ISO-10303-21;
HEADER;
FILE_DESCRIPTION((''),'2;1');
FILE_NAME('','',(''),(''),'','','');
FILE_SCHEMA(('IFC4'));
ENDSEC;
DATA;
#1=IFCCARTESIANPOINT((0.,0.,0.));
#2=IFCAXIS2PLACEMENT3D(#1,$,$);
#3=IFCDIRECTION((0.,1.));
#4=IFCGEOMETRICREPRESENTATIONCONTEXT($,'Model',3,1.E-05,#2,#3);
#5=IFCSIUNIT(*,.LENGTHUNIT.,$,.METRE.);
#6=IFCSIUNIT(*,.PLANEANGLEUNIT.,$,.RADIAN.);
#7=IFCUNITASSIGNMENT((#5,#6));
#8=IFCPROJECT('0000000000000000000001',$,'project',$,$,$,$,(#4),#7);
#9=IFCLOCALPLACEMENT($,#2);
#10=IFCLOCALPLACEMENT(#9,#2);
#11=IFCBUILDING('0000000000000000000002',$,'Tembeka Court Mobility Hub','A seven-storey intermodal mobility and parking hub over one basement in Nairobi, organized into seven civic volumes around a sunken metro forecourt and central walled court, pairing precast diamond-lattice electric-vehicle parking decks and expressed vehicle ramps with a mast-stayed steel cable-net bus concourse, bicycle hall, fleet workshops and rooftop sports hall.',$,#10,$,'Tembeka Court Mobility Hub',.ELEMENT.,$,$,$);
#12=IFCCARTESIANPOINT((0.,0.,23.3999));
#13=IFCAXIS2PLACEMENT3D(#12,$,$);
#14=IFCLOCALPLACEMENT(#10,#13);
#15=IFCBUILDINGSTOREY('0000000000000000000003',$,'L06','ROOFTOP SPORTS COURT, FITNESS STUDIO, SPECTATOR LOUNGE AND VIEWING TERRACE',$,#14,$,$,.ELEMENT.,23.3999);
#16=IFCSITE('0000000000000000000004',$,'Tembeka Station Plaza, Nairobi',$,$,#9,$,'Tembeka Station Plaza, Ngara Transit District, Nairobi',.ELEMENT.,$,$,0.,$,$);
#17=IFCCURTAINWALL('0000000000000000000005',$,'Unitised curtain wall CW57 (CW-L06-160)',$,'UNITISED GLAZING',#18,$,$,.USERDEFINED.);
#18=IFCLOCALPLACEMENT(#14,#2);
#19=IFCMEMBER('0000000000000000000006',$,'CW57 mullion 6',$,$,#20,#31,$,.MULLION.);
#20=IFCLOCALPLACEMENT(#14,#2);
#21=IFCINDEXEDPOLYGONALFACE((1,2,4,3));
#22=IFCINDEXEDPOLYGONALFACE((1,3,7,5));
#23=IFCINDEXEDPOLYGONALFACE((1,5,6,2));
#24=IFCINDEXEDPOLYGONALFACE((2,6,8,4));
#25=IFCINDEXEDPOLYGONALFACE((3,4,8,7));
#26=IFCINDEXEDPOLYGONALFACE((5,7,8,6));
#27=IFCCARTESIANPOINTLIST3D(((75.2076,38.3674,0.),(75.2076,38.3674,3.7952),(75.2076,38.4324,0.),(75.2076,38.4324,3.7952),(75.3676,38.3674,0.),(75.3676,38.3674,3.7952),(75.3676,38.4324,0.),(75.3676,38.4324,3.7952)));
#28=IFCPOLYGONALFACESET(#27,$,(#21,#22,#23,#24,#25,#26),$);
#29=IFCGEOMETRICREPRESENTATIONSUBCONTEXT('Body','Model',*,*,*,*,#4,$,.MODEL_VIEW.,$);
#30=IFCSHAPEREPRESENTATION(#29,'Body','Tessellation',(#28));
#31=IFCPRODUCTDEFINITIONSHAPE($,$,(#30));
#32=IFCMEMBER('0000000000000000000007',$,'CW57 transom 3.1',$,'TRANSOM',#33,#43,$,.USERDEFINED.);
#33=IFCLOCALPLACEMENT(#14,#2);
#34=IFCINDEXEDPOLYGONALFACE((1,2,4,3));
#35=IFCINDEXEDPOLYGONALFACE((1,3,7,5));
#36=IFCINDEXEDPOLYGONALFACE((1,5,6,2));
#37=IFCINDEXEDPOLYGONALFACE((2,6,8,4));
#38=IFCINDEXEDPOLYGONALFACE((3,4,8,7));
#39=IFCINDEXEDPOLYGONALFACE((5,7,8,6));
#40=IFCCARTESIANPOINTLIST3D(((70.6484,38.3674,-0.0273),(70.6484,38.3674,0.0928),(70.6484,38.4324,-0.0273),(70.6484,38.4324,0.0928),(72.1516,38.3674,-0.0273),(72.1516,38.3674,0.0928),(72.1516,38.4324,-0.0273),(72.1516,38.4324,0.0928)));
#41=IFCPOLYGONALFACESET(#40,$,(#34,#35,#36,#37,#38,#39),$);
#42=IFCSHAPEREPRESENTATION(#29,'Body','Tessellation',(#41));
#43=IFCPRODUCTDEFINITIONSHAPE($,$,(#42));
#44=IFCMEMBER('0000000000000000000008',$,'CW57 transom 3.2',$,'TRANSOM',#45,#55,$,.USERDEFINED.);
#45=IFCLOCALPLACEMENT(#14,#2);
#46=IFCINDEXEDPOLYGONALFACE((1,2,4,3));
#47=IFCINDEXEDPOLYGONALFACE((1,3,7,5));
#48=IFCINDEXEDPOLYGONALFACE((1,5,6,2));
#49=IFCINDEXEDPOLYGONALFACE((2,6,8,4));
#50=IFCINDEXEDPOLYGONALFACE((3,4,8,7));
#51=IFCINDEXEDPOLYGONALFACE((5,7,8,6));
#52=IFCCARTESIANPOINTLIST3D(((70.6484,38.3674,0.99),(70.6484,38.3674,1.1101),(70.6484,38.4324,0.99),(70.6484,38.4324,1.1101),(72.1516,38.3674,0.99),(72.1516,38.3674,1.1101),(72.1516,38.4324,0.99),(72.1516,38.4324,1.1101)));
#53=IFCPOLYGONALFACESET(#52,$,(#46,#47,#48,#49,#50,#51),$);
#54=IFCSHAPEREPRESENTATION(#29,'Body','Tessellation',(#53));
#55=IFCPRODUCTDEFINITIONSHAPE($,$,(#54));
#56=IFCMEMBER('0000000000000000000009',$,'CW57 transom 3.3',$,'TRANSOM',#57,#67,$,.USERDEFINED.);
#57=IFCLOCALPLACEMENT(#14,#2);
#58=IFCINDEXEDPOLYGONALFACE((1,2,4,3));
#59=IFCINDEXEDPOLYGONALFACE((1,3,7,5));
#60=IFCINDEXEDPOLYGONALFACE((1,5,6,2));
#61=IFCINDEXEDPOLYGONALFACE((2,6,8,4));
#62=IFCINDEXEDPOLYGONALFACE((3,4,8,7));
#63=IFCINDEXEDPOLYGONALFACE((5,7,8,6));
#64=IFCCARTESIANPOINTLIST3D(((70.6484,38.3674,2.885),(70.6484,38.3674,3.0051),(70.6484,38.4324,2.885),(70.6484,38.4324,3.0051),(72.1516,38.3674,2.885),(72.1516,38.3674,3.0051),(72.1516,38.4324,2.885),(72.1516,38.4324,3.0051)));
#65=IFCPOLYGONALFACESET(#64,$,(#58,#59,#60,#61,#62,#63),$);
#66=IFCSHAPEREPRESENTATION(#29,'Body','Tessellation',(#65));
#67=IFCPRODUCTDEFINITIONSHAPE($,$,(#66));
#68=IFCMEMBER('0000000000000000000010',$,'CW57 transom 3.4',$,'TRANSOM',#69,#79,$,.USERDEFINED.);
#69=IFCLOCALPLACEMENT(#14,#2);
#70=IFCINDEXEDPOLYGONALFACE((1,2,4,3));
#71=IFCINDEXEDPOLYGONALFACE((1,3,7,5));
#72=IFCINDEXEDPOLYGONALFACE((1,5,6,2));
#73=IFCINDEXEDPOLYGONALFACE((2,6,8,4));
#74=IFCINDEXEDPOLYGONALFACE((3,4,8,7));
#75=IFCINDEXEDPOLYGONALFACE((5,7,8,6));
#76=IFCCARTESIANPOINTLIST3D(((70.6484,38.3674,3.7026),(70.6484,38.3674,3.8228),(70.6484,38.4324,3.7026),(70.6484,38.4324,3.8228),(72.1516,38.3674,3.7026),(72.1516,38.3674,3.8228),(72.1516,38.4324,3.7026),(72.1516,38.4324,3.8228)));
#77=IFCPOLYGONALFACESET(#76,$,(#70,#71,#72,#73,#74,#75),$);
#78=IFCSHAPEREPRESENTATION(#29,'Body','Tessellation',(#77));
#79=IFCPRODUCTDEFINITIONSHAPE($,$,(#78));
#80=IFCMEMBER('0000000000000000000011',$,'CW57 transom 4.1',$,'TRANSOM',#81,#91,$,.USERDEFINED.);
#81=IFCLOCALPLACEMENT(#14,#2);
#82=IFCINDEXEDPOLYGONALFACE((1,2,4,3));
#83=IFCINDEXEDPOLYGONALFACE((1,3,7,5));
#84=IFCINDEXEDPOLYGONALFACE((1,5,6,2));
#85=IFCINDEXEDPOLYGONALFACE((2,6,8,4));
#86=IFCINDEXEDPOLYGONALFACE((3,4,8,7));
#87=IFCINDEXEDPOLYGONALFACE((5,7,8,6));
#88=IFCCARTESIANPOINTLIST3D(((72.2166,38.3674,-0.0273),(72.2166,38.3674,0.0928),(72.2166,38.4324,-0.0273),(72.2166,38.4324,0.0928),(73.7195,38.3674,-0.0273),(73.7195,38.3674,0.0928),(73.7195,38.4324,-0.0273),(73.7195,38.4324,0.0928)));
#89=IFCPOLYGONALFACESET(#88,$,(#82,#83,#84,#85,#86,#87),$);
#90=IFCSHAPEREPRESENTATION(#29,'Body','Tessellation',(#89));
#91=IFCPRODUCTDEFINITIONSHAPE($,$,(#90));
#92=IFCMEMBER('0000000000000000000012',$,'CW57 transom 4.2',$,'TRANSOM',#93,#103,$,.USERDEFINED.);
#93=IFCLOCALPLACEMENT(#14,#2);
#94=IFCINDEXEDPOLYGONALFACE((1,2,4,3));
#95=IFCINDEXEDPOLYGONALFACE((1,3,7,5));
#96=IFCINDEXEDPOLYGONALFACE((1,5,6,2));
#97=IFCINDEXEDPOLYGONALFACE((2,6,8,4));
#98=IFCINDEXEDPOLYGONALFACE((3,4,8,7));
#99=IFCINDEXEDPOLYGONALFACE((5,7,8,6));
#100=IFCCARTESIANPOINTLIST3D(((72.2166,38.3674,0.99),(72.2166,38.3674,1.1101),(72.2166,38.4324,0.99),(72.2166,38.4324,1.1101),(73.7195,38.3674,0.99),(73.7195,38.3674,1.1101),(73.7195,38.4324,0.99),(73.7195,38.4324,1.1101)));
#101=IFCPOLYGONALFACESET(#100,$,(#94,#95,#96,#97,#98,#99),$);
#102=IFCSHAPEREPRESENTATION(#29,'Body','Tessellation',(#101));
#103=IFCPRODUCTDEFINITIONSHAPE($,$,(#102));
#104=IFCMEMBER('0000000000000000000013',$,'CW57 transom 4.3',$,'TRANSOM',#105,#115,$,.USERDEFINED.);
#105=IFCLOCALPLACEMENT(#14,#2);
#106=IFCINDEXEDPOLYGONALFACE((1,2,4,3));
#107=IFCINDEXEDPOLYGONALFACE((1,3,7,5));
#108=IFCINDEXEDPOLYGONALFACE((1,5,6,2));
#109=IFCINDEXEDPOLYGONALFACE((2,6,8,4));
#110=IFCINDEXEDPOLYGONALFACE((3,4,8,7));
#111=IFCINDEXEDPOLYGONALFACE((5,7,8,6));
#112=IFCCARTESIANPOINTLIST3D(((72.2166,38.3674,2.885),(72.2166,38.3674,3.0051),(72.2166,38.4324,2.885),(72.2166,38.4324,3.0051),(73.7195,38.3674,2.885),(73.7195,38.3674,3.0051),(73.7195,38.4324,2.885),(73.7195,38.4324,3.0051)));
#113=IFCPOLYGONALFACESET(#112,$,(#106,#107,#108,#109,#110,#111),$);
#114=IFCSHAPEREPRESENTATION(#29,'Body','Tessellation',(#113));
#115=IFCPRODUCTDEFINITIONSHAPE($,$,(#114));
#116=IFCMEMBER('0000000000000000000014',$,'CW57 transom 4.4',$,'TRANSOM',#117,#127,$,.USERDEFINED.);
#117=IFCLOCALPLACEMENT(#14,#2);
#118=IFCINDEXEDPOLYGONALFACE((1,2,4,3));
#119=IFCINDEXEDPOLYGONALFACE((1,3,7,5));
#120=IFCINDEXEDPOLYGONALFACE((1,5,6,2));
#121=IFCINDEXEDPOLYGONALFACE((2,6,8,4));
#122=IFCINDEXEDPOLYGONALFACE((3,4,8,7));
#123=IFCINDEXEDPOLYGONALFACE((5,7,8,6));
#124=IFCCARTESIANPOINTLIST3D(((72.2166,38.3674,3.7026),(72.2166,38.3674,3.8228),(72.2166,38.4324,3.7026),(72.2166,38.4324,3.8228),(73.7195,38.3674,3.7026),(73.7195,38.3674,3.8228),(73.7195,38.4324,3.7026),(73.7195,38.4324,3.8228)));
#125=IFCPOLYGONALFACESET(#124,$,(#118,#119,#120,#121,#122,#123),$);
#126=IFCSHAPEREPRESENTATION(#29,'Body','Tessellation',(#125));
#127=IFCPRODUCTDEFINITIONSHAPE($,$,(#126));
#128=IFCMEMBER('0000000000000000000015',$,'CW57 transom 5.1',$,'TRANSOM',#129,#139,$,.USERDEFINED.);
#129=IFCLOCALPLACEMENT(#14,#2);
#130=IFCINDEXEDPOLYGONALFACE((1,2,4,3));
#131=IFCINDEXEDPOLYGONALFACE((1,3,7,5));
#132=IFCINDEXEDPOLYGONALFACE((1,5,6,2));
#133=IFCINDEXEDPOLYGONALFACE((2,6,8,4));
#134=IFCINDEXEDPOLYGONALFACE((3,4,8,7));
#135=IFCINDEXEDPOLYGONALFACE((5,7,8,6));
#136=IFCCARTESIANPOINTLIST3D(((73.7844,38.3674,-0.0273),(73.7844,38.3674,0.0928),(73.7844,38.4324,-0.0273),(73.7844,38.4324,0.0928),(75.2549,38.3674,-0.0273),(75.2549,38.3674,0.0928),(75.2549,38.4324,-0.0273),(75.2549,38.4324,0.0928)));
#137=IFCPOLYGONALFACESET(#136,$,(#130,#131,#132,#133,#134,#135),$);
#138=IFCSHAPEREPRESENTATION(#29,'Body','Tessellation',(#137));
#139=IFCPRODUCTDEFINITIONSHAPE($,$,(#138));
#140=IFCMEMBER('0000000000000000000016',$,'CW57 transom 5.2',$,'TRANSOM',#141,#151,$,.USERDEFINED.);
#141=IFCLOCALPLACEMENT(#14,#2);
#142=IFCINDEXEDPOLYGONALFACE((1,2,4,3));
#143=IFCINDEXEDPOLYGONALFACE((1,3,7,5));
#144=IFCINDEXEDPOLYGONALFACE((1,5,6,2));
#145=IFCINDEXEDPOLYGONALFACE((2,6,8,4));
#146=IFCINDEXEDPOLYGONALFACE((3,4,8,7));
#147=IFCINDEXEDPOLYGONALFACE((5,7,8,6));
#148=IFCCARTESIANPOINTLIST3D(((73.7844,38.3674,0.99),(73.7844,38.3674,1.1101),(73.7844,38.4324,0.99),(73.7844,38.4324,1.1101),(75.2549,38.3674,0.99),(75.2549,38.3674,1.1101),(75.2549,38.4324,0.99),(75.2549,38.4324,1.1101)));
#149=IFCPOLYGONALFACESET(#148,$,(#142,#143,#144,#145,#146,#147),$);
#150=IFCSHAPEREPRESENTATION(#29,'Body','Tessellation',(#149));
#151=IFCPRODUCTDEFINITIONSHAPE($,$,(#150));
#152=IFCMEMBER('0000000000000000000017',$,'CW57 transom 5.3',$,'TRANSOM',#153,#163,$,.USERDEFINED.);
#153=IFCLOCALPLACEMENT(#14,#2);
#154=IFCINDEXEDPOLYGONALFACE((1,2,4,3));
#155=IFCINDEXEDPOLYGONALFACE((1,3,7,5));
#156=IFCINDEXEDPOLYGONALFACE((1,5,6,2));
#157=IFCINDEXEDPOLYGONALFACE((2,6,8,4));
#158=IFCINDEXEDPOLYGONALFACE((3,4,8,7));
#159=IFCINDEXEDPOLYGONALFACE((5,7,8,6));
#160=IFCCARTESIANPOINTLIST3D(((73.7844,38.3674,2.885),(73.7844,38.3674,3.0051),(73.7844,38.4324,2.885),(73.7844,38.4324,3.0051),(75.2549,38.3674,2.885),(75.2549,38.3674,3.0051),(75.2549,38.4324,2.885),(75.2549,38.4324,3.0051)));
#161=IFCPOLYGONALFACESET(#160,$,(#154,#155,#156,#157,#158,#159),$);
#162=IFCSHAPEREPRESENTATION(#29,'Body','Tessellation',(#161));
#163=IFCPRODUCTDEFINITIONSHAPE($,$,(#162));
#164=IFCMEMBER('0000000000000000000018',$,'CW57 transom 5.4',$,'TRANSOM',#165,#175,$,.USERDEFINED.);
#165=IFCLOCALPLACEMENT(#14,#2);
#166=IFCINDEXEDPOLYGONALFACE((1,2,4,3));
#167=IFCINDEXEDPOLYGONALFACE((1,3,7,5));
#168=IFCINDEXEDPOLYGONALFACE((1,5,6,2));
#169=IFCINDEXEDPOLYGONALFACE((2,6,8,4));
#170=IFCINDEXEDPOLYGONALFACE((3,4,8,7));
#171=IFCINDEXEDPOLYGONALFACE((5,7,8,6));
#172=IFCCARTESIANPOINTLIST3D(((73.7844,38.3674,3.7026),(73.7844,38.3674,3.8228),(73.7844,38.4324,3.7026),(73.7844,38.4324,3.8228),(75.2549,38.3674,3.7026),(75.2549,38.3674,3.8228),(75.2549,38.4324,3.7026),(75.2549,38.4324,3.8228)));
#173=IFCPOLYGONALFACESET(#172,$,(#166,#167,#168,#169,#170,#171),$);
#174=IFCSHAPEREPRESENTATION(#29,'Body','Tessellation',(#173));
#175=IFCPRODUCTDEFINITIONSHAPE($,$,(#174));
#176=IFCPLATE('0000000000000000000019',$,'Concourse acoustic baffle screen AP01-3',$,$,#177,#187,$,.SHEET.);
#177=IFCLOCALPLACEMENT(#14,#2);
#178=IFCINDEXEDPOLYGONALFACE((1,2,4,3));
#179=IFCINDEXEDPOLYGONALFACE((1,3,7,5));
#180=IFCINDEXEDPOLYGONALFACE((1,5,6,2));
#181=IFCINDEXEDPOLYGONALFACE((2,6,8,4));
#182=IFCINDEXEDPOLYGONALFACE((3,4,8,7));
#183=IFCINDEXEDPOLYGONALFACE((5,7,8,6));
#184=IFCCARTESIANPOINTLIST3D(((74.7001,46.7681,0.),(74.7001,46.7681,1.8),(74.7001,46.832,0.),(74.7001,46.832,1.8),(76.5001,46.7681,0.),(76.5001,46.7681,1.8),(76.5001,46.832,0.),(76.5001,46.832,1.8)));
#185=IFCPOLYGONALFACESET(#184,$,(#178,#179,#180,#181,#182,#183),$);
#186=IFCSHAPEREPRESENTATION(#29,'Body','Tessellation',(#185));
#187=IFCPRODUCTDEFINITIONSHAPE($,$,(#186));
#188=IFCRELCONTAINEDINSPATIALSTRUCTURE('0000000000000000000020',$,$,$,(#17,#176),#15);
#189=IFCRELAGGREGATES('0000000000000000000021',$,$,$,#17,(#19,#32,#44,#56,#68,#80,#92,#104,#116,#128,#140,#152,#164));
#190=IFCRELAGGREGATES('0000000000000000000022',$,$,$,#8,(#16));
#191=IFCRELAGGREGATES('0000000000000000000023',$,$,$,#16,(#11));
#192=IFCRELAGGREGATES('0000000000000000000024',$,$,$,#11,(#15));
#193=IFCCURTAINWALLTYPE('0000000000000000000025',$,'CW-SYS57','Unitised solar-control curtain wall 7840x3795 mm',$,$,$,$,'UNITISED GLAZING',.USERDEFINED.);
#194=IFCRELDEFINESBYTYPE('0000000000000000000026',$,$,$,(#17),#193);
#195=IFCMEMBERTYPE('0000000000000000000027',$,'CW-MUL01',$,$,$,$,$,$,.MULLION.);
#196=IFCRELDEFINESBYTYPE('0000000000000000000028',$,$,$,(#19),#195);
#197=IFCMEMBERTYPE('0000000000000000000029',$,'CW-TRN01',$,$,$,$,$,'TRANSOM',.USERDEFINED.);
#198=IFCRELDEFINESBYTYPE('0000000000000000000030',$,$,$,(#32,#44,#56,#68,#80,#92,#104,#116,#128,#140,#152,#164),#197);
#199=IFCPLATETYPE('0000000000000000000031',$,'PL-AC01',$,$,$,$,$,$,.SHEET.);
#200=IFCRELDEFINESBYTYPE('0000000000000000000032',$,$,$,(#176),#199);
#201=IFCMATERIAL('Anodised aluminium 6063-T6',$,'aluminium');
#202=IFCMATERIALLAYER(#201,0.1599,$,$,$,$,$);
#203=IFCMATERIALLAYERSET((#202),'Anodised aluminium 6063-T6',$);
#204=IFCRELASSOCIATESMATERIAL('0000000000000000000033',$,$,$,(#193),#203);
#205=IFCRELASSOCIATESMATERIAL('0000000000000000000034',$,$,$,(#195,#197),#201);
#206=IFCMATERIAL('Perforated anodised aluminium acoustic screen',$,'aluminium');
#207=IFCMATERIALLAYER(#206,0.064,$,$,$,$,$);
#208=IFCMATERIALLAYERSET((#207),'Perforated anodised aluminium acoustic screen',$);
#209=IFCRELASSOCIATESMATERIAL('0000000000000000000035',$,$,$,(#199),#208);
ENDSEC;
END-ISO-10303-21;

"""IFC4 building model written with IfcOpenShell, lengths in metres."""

from ifc_helpers import new_model, si_unit, direction, frame, origin, origin_2d, place, context, subcontext, project, spatial, rectangle, extrude, material, layer, layer_set, material_profile, profile_set, type_object, element, aggregate, save


model = new_model("IFC4")

# Units and contexts
model_context = context("Model", 3, precision=1e-05, world=origin(), true_north=direction((0.0, 1.0)))
body_context = subcontext(model_context, "Body", "Model", "MODEL_VIEW")
ifc_project = project(units=[si_unit("LENGTHUNIT", "METRE"), si_unit("PLANEANGLEUNIT", "RADIAN")], contexts=[model_context])

# Site, building, storey
site_placement = place(None, origin())
site = spatial("IfcSite", under=ifc_project, at=site_placement, Name="Tembeka Station Plaza, Nairobi", LongName="Tembeka Station Plaza, Ngara Transit District, Nairobi", CompositionType="ELEMENT", RefElevation=0.0)
building_placement = place(site_placement, origin())
building = spatial("IfcBuilding", under=site, at=building_placement, Name="Tembeka Court Mobility Hub", Description="A seven-storey intermodal mobility and parking hub over one basement in Nairobi, organized into seven civic volumes around a sunken metro forecourt and central walled court, pairing precast diamond-lattice electric-vehicle parking decks and expressed vehicle ramps with a mast-stayed steel cable-net bus concourse, bicycle hall, fleet workshops and rooftop sports hall.", LongName="Tembeka Court Mobility Hub", CompositionType="ELEMENT")
storey_placement = place(building_placement, frame((0.0, 0.0, 23.3999)))
storey = spatial("IfcBuildingStorey", under=building, at=storey_placement, Name="L06", Description="ROOFTOP SPORTS COURT, FITNESS STUDIO, SPECTATOR LOUNGE AND VIEWING TERRACE", CompositionType="ELEMENT", Elevation=23.3999)

# Curtain wall, members
ifc_material_1 = material(Name="Anodised aluminium 6063-T6", Category="aluminium")
ifc_layer_1 = layer(ifc_material_1, 0.1599)
ifc_layer_set_1 = layer_set([ifc_layer_1], Name="Anodised aluminium 6063-T6")
curtain_wall_type = type_object("IfcCurtainWallType", Name="CW-SYS57", Description="Unitised solar-control curtain wall 7840x3795 mm", ElementType="UNITISED GLAZING", PredefinedType="USERDEFINED", material=ifc_layer_set_1)
curtain_wall_placement = place(storey_placement, origin())
curtain_wall = element("IfcCurtainWall", 1, at=curtain_wall_placement, inside=storey, type_object=curtain_wall_type, Name="Unitised curtain wall CW57 (CW-L06-160)", ObjectType="UNITISED GLAZING", PredefinedType="USERDEFINED")
ifc_material_profile_1 = material_profile(ifc_material_1, rectangle(XDim=0.0649, YDim=0.1599, at=origin_2d()), Name="ALU-MUL 65x160")
ifc_profile_set_1 = profile_set([ifc_material_profile_1], Name="Anodised aluminium 6063-T6")
member_type_1 = type_object("IfcMemberType", Name="CW-MUL01", PredefinedType="MULLION", material=ifc_profile_set_1)
member_1_placement = place(storey_placement, frame((75.2876, 38.3999, 0.0), z_axis=(0.0, 0.0, 1.0), x_axis=(0.0, 1.0, 0.0)))
member_1 = element("IfcMember", 2, at=member_1_placement, type_object=member_type_1, Name="CW57 mullion 6", PredefinedType="MULLION", context=body_context, shape_type="SweptSolid", body=[
    extrude(rectangle(XDim=0.0649, YDim=0.1599, at=origin_2d()), origin(), (0.0, 0.0, 1.0), 3.7952),
])
ifc_material_profile_2 = material_profile(ifc_material_1, rectangle(XDim=0.0649, YDim=0.1201, at=origin_2d()), Name="ALU-TRN 65x120")
ifc_profile_set_2 = profile_set([ifc_material_profile_2], Name="Anodised aluminium 6063-T6")
member_type_2 = type_object("IfcMemberType", Name="CW-TRN01", ElementType="TRANSOM", PredefinedType="USERDEFINED", material=ifc_profile_set_2)
member_2_placement = place(storey_placement, frame((70.6484, 38.3999, 0.0327), z_axis=(1.0, 0.0, 0.0), x_axis=(0.0, 1.0, 0.0)))
member_2 = element("IfcMember", 3, at=member_2_placement, type_object=member_type_2, Name="CW57 transom 3.1", ObjectType="TRANSOM", PredefinedType="USERDEFINED", context=body_context, shape_type="SweptSolid", body=[
    extrude(rectangle(XDim=0.0649, YDim=0.1201, at=origin_2d()), origin(), (0.0, 0.0, 1.0), 1.5032),
])
member_3_placement = place(storey_placement, frame((70.6484, 38.3999, 1.05), z_axis=(1.0, 0.0, 0.0), x_axis=(0.0, 1.0, 0.0)))
member_3 = element("IfcMember", 4, at=member_3_placement, type_object=member_type_2, Name="CW57 transom 3.2", ObjectType="TRANSOM", PredefinedType="USERDEFINED", context=body_context, shape_type="SweptSolid", body=[
    extrude(rectangle(XDim=0.0649, YDim=0.1201, at=origin_2d()), origin(), (0.0, 0.0, 1.0), 1.5032),
])
member_4_placement = place(storey_placement, frame((70.6484, 38.3999, 2.9451), z_axis=(1.0, 0.0, 0.0), x_axis=(0.0, 1.0, 0.0)))
member_4 = element("IfcMember", 5, at=member_4_placement, type_object=member_type_2, Name="CW57 transom 3.3", ObjectType="TRANSOM", PredefinedType="USERDEFINED", context=body_context, shape_type="SweptSolid", body=[
    extrude(rectangle(XDim=0.0649, YDim=0.1201, at=origin_2d()), origin(), (0.0, 0.0, 1.0), 1.5032),
])
member_5_placement = place(storey_placement, frame((70.6484, 38.3999, 3.7627), z_axis=(1.0, 0.0, 0.0), x_axis=(0.0, 1.0, 0.0)))
member_5 = element("IfcMember", 6, at=member_5_placement, type_object=member_type_2, Name="CW57 transom 3.4", ObjectType="TRANSOM", PredefinedType="USERDEFINED", context=body_context, shape_type="SweptSolid", body=[
    extrude(rectangle(XDim=0.0649, YDim=0.1201, at=origin_2d()), origin(), (0.0, 0.0, 1.0), 1.5032),
])
member_6_placement = place(storey_placement, frame((72.2166, 38.3999, 0.0327), z_axis=(1.0, 0.0, 0.0), x_axis=(0.0, 1.0, 0.0)))
member_6 = element("IfcMember", 7, at=member_6_placement, type_object=member_type_2, Name="CW57 transom 4.1", ObjectType="TRANSOM", PredefinedType="USERDEFINED", context=body_context, shape_type="SweptSolid", body=[
    extrude(rectangle(XDim=0.0649, YDim=0.1201, at=origin_2d()), origin(), (0.0, 0.0, 1.0), 1.5029),
])
member_7_placement = place(storey_placement, frame((72.2166, 38.3999, 1.05), z_axis=(1.0, 0.0, 0.0), x_axis=(0.0, 1.0, 0.0)))
member_7 = element("IfcMember", 8, at=member_7_placement, type_object=member_type_2, Name="CW57 transom 4.2", ObjectType="TRANSOM", PredefinedType="USERDEFINED", context=body_context, shape_type="SweptSolid", body=[
    extrude(rectangle(XDim=0.0649, YDim=0.1201, at=origin_2d()), origin(), (0.0, 0.0, 1.0), 1.5029),
])
member_8_placement = place(storey_placement, frame((72.2166, 38.3999, 2.9451), z_axis=(1.0, 0.0, 0.0), x_axis=(0.0, 1.0, 0.0)))
member_8 = element("IfcMember", 9, at=member_8_placement, type_object=member_type_2, Name="CW57 transom 4.3", ObjectType="TRANSOM", PredefinedType="USERDEFINED", context=body_context, shape_type="SweptSolid", body=[
    extrude(rectangle(XDim=0.0649, YDim=0.1201, at=origin_2d()), origin(), (0.0, 0.0, 1.0), 1.5029),
])
member_9_placement = place(storey_placement, frame((72.2166, 38.3999, 3.7627), z_axis=(1.0, 0.0, 0.0), x_axis=(0.0, 1.0, 0.0)))
member_9 = element("IfcMember", 10, at=member_9_placement, type_object=member_type_2, Name="CW57 transom 4.4", ObjectType="TRANSOM", PredefinedType="USERDEFINED", context=body_context, shape_type="SweptSolid", body=[
    extrude(rectangle(XDim=0.0649, YDim=0.1201, at=origin_2d()), origin(), (0.0, 0.0, 1.0), 1.5029),
])
member_10_placement = place(storey_placement, frame((73.7844, 38.3999, 0.0327), z_axis=(1.0, 0.0, 0.0), x_axis=(0.0, 1.0, 0.0)))
member_10 = element("IfcMember", 11, at=member_10_placement, type_object=member_type_2, Name="CW57 transom 5.1", ObjectType="TRANSOM", PredefinedType="USERDEFINED", context=body_context, shape_type="SweptSolid", body=[
    extrude(rectangle(XDim=0.0649, YDim=0.1201, at=origin_2d()), origin(), (0.0, 0.0, 1.0), 1.4705),
])
member_11_placement = place(storey_placement, frame((73.7844, 38.3999, 1.05), z_axis=(1.0, 0.0, 0.0), x_axis=(0.0, 1.0, 0.0)))
member_11 = element("IfcMember", 12, at=member_11_placement, type_object=member_type_2, Name="CW57 transom 5.2", ObjectType="TRANSOM", PredefinedType="USERDEFINED", context=body_context, shape_type="SweptSolid", body=[
    extrude(rectangle(XDim=0.0649, YDim=0.1201, at=origin_2d()), origin(), (0.0, 0.0, 1.0), 1.4705),
])
member_12_placement = place(storey_placement, frame((73.7844, 38.3999, 2.9451), z_axis=(1.0, 0.0, 0.0), x_axis=(0.0, 1.0, 0.0)))
member_12 = element("IfcMember", 13, at=member_12_placement, type_object=member_type_2, Name="CW57 transom 5.3", ObjectType="TRANSOM", PredefinedType="USERDEFINED", context=body_context, shape_type="SweptSolid", body=[
    extrude(rectangle(XDim=0.0649, YDim=0.1201, at=origin_2d()), origin(), (0.0, 0.0, 1.0), 1.4705),
])
member_13_placement = place(storey_placement, frame((73.7844, 38.3999, 3.7627), z_axis=(1.0, 0.0, 0.0), x_axis=(0.0, 1.0, 0.0)))
member_13 = element("IfcMember", 14, at=member_13_placement, type_object=member_type_2, Name="CW57 transom 5.4", ObjectType="TRANSOM", PredefinedType="USERDEFINED", context=body_context, shape_type="SweptSolid", body=[
    extrude(rectangle(XDim=0.0649, YDim=0.1201, at=origin_2d()), origin(), (0.0, 0.0, 1.0), 1.4705),
])

# Plate
ifc_material_2 = material(Name="Perforated anodised aluminium acoustic screen", Category="aluminium")
ifc_layer_2 = layer(ifc_material_2, 0.064)
ifc_layer_set_2 = layer_set([ifc_layer_2], Name="Perforated anodised aluminium acoustic screen")
plate_type_1 = type_object("IfcPlateType", Name="PL-AC01", PredefinedType="SHEET", material=ifc_layer_set_2)
plate_1_placement = place(storey_placement, frame((75.6001, 46.8, 0.0), z_axis=(0.0, 0.0, 1.0), x_axis=(1.0, 0.0, 0.0)))
element("IfcPlate", 15, at=plate_1_placement, inside=storey, type_object=plate_type_1, Name="Concourse acoustic baffle screen AP01-3", PredefinedType="SHEET", context=body_context, shape_type="SweptSolid", body=[
    extrude(rectangle(XDim=1.8, YDim=0.064, at=origin_2d()), origin(), (0.0, 0.0, 1.0), 1.8),
])
aggregate(curtain_wall, [member_1, member_2, member_3, member_4, member_5, member_6, member_7, member_8, member_9, member_10, member_11, member_12, member_13])

save(model, "model.ifc")
